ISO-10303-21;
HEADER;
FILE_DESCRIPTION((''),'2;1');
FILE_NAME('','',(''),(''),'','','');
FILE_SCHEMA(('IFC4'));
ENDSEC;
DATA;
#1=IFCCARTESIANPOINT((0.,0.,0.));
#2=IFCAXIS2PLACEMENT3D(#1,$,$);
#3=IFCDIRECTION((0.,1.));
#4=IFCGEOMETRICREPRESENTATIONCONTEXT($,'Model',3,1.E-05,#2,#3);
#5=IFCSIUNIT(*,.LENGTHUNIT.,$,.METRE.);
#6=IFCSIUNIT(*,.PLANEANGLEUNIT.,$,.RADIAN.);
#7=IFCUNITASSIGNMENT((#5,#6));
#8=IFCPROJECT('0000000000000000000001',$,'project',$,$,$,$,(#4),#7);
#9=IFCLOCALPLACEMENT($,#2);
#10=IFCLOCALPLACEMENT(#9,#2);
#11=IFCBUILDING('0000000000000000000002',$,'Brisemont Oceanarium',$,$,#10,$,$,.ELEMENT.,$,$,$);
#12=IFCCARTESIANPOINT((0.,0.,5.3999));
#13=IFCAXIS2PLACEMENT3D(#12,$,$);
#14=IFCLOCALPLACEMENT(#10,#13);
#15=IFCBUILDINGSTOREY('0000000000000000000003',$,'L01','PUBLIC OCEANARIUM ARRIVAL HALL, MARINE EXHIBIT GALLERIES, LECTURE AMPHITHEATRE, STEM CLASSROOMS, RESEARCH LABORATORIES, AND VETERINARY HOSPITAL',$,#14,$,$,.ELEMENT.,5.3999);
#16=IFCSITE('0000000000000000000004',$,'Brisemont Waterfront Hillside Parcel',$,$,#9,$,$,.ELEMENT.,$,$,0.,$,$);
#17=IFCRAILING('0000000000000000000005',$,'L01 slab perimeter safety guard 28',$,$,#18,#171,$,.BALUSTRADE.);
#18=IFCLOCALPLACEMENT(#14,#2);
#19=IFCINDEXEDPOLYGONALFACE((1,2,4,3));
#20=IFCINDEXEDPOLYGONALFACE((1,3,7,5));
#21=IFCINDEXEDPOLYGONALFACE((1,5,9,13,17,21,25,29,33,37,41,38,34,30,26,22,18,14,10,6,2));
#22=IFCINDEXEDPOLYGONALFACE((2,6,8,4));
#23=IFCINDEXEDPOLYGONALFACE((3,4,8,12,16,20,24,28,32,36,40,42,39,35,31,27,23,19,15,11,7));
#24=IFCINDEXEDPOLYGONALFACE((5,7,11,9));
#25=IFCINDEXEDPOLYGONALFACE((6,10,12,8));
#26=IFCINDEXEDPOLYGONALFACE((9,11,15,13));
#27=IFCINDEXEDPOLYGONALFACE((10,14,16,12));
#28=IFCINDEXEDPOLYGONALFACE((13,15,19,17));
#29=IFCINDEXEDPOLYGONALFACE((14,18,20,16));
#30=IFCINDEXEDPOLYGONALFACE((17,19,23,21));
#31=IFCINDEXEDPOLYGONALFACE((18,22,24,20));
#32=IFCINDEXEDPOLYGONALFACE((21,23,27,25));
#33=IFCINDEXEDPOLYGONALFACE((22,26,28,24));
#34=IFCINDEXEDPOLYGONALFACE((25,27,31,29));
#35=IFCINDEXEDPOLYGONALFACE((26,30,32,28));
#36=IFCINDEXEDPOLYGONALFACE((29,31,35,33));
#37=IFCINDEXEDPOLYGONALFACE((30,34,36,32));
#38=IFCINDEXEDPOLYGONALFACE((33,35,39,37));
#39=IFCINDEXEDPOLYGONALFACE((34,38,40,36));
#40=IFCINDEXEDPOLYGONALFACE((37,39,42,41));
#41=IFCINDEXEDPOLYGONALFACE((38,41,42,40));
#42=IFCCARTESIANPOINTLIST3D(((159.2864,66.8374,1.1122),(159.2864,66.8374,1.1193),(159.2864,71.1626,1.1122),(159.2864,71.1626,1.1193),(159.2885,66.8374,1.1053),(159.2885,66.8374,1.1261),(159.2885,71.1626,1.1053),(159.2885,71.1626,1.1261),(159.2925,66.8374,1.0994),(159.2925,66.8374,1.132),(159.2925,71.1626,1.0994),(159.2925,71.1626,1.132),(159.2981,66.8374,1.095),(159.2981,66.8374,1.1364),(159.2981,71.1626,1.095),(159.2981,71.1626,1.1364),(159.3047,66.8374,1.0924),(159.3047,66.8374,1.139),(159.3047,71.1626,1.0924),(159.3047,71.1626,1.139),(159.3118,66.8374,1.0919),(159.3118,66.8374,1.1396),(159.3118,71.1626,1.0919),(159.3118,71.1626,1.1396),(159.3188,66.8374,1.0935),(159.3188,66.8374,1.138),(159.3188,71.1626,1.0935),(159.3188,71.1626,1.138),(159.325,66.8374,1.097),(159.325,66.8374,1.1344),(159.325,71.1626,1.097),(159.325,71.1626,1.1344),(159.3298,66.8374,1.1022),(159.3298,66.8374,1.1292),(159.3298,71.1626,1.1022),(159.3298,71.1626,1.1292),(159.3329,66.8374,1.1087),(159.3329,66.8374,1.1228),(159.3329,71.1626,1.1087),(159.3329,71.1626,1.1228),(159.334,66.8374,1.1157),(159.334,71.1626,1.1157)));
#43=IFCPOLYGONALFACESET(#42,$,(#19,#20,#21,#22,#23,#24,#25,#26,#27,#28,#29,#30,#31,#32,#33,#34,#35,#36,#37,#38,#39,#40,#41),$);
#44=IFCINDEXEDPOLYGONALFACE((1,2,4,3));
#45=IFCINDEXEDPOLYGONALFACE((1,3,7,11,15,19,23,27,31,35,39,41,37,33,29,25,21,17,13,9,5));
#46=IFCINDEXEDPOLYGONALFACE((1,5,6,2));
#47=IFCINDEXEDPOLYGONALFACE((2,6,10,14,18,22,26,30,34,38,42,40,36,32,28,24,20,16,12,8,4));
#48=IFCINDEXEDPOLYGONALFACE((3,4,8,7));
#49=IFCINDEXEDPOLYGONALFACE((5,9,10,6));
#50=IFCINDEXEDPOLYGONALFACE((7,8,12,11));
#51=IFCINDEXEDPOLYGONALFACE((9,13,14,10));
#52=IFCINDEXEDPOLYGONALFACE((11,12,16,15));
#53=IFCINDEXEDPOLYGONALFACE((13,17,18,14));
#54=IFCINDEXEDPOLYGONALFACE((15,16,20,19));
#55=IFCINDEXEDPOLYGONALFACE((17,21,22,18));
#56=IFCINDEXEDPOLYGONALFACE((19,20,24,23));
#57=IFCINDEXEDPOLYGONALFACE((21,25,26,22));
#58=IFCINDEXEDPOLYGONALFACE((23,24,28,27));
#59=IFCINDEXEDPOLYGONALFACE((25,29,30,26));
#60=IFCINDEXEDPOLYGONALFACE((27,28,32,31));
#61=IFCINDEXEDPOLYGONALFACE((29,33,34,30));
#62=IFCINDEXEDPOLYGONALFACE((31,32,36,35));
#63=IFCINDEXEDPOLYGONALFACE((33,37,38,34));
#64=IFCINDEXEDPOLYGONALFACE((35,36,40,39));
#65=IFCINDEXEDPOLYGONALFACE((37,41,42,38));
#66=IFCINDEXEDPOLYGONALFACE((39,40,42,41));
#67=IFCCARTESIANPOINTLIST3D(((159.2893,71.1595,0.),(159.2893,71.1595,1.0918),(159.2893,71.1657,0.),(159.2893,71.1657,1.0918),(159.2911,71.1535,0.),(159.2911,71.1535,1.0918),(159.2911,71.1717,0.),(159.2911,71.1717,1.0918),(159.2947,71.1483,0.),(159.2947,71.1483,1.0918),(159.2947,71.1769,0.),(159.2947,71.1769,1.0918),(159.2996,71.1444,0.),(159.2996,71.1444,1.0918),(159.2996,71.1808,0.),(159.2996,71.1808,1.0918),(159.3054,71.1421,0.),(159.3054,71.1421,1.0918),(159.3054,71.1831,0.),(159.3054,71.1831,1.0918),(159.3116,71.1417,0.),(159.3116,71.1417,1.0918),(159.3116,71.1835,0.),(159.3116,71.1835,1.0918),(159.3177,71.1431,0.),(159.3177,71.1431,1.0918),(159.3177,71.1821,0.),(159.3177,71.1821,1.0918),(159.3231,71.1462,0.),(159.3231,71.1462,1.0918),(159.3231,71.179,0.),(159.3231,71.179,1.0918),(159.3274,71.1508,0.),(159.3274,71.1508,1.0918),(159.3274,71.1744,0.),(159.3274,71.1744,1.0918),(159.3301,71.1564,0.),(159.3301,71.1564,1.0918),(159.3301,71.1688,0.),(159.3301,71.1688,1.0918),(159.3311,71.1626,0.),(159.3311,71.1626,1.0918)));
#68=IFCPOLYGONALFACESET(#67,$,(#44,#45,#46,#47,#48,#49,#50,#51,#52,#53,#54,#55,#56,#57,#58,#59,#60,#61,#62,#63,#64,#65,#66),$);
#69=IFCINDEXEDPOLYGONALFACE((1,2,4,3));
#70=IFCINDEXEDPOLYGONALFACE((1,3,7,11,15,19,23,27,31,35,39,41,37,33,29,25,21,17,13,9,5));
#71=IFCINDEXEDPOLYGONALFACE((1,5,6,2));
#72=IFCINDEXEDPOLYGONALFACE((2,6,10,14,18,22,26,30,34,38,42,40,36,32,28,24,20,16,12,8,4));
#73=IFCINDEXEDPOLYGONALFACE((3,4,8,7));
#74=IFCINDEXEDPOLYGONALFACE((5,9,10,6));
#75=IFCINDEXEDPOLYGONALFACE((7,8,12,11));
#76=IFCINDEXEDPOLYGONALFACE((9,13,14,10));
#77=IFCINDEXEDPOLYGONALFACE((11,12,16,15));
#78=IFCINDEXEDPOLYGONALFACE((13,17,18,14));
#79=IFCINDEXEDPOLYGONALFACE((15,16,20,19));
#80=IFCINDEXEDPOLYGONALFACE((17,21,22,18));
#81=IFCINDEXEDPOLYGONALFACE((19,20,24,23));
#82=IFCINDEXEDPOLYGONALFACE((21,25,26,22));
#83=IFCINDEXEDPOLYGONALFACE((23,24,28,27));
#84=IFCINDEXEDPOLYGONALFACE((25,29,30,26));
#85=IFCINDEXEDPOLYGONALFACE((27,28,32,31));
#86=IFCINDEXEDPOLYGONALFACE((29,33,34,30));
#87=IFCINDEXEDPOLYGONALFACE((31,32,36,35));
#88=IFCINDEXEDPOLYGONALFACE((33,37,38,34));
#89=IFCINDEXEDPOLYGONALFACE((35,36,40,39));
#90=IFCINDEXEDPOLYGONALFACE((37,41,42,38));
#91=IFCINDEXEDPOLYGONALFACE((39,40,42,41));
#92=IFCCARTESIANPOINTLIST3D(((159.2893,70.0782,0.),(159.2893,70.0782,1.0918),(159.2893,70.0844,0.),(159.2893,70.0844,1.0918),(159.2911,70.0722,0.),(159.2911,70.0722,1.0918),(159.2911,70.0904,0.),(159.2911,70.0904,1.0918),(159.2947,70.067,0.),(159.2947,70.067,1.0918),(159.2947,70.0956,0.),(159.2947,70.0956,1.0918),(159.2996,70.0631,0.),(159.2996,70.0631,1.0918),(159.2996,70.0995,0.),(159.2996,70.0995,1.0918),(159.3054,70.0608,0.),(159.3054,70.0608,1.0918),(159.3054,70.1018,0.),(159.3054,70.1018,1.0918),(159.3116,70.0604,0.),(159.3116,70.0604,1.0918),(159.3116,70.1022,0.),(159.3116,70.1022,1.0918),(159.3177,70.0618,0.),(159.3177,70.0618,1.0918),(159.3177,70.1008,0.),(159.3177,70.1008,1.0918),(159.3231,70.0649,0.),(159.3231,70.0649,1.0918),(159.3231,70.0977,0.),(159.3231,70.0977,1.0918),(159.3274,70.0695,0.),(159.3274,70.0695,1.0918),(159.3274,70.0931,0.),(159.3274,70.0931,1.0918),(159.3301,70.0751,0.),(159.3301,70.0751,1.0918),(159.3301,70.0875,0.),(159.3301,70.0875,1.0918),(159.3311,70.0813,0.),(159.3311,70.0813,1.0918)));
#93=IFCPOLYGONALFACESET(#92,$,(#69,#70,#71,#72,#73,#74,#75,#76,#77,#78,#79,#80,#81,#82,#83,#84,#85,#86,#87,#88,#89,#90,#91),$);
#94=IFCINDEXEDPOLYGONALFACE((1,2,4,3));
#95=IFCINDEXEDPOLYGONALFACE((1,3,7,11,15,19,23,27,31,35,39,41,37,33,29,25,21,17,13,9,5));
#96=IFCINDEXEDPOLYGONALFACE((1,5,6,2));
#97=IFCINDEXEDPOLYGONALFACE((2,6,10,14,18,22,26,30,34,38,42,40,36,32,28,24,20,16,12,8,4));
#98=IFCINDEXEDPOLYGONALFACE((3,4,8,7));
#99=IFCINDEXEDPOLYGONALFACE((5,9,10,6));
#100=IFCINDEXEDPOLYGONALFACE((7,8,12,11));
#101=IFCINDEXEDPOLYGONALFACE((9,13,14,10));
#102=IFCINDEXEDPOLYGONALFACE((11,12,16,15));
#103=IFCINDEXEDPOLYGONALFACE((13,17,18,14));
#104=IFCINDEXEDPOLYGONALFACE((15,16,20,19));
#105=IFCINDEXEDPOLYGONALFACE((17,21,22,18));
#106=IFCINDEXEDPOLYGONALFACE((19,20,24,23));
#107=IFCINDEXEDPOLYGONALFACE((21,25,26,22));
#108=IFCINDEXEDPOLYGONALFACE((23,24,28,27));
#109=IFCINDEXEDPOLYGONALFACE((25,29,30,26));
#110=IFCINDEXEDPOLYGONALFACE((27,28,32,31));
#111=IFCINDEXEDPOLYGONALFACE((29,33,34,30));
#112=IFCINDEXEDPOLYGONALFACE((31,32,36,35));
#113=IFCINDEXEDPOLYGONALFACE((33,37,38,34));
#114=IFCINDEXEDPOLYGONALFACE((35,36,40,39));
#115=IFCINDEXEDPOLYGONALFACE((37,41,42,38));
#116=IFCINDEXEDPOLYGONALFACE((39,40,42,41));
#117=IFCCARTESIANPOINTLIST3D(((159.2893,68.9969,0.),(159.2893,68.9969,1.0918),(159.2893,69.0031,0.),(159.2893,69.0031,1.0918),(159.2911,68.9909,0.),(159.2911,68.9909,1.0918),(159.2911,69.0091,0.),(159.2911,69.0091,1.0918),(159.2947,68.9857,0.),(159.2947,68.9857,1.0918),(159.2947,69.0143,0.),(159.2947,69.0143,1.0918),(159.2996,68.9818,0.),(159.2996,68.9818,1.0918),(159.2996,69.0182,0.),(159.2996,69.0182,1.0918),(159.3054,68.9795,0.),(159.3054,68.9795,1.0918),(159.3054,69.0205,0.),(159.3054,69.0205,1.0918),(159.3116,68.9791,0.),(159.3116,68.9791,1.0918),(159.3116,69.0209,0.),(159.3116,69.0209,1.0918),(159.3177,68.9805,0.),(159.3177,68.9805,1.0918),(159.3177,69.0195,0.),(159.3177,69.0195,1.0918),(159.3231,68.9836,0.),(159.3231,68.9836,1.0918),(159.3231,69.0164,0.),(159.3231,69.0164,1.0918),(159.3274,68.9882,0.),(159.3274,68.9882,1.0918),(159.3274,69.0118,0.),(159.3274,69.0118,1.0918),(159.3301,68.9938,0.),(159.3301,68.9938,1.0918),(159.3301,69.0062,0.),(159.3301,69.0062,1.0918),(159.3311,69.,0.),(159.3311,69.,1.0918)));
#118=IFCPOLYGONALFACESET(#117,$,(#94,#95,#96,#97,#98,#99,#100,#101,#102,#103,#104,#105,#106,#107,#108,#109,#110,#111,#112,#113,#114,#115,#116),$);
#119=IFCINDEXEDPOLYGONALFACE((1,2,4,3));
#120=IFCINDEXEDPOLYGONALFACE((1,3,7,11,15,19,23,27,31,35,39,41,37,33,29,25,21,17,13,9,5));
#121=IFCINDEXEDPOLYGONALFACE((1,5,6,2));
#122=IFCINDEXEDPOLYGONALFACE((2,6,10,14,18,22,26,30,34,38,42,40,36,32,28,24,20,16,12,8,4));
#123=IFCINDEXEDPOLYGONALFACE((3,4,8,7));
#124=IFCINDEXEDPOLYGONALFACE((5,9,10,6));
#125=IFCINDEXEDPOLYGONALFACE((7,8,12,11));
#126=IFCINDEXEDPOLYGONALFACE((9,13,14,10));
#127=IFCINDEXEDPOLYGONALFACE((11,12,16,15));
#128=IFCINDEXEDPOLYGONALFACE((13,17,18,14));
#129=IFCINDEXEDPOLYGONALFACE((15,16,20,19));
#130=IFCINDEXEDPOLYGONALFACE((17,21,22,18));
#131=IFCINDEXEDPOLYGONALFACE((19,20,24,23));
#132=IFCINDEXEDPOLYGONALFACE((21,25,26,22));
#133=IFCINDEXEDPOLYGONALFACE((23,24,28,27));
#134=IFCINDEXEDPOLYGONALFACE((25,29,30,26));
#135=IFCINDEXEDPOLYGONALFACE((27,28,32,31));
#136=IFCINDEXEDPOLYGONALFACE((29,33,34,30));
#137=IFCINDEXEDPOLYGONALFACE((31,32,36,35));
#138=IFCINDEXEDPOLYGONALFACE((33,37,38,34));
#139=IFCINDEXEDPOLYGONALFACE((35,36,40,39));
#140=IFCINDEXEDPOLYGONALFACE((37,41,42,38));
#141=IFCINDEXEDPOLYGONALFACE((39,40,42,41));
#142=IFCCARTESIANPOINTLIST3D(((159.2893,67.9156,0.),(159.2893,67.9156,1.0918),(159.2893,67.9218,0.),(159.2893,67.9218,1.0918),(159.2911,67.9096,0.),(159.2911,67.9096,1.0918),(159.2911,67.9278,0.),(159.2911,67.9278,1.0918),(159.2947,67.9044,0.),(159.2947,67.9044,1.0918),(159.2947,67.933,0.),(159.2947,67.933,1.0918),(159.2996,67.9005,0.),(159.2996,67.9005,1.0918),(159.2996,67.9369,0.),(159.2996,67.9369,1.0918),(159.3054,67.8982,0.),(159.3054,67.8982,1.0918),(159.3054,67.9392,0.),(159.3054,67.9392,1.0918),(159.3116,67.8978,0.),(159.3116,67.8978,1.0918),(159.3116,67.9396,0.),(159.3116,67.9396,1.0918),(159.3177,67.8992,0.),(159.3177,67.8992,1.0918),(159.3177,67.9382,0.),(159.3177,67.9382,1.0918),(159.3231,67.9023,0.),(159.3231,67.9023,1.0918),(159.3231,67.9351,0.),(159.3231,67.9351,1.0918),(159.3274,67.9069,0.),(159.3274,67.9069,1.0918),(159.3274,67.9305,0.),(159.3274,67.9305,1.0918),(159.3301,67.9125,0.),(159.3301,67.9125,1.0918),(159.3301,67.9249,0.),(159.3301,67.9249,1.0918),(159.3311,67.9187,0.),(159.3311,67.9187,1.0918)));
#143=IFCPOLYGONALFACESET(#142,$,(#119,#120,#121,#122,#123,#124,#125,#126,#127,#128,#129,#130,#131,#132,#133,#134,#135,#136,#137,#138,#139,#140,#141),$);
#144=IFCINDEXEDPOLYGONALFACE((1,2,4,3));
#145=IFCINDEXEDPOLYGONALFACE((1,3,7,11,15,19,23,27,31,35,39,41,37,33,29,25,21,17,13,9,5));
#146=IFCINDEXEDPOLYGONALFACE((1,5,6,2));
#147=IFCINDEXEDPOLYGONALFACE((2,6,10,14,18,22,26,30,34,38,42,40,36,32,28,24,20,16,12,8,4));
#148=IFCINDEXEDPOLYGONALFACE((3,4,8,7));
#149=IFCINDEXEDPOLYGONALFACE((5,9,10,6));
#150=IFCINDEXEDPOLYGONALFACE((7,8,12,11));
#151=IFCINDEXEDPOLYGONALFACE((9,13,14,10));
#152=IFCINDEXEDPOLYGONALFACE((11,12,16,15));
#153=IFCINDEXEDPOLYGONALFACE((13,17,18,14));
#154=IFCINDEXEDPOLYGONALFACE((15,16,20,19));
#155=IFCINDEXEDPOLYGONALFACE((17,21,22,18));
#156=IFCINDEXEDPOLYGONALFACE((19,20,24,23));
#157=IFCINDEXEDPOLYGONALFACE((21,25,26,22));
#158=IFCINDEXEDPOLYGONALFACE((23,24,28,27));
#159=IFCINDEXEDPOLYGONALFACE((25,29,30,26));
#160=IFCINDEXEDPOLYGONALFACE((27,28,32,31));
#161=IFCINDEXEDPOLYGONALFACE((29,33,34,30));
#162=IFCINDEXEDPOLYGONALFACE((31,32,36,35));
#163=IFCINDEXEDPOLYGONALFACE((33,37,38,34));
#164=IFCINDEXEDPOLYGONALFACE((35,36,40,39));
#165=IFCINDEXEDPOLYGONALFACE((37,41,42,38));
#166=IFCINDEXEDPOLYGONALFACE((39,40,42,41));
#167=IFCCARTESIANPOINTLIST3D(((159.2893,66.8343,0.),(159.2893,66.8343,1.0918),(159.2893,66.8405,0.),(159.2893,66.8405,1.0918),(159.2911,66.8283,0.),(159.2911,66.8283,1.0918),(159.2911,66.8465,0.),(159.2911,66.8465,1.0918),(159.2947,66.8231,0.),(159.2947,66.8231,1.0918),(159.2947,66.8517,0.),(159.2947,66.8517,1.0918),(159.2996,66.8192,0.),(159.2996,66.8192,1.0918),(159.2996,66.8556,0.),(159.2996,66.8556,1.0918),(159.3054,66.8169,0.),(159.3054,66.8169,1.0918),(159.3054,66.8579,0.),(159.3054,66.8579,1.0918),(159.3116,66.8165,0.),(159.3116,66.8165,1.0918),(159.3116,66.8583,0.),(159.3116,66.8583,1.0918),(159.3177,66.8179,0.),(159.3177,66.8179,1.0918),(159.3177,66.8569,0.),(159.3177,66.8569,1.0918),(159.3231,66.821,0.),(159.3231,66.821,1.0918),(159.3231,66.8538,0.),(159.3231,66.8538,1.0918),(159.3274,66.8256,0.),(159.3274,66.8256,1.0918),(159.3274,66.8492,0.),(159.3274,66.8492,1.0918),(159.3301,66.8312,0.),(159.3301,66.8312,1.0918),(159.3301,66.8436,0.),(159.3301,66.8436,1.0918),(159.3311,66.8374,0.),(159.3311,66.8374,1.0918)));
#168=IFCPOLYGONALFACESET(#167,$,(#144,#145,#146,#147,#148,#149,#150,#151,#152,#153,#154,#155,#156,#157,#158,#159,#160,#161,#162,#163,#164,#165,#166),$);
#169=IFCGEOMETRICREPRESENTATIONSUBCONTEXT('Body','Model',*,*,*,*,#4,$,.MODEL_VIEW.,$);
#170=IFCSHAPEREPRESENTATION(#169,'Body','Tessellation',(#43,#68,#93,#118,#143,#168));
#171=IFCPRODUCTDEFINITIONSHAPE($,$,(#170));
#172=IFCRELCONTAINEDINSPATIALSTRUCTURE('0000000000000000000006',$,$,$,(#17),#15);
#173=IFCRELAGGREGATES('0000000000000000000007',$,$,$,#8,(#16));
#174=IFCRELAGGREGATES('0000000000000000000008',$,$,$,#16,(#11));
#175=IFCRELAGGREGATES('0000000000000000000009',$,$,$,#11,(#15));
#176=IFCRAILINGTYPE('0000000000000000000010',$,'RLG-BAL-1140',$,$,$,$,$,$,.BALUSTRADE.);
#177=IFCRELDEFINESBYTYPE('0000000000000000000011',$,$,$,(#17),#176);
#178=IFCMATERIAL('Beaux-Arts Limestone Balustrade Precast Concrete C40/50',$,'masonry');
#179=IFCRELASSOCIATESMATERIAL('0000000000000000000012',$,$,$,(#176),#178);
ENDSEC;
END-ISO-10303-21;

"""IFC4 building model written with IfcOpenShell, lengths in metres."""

from ifc_helpers import new_model, si_unit, direction, frame, origin, origin_2d, place, context, subcontext, project, spatial, circle, extrude, material, type_object, element, save


model = new_model("IFC4")

# Units and contexts
model_context = context("Model", 3, precision=1e-05, world=origin(), true_north=direction((0.0, 1.0)))
body_context = subcontext(model_context, "Body", "Model", "MODEL_VIEW")
ifc_project = project(units=[si_unit("LENGTHUNIT", "METRE"), si_unit("PLANEANGLEUNIT", "RADIAN")], contexts=[model_context])

# Site, building, storey
site_placement = place(None, origin())
site = spatial("IfcSite", under=ifc_project, at=site_placement, Name="Brisemont Waterfront Hillside Parcel", CompositionType="ELEMENT", RefElevation=0.0)
building_placement = place(site_placement, origin())
building = spatial("IfcBuilding", under=site, at=building_placement, Name="Brisemont Oceanarium", CompositionType="ELEMENT")
storey_placement = place(building_placement, frame((0.0, 0.0, 5.3999)))
storey = spatial("IfcBuildingStorey", under=building, at=storey_placement, Name="L01", Description="PUBLIC OCEANARIUM ARRIVAL HALL, MARINE EXHIBIT GALLERIES, LECTURE AMPHITHEATRE, STEM CLASSROOMS, RESEARCH LABORATORIES, AND VETERINARY HOSPITAL", CompositionType="ELEMENT", Elevation=5.3999)

# Railing
ifc_material_1 = material(Name="Beaux-Arts Limestone Balustrade Precast Concrete C40/50", Category="masonry")
railing_type_1 = type_object("IfcRailingType", Name="RLG-BAL-1140", PredefinedType="BALUSTRADE", material=ifc_material_1)
railing_1_placement = place(storey_placement, frame((159.3101, 71.1626, 0.0)))
element("IfcRailing", 1, at=railing_1_placement, inside=storey, type_object=railing_type_1, Name="L01 slab perimeter safety guard 28", PredefinedType="BALUSTRADE", context=body_context, shape_type="SweptSolid", body=[
    extrude(circle(Radius=0.0239, at=origin_2d()), frame((0.0, 0.0, 1.1157), z_axis=(0.0, -1.0, 0.0), x_axis=(1.0, 0.0, 0.0)), (0.0, 0.0, 1.0), 4.3252),
    extrude(circle(Radius=0.021, at=origin_2d()), origin(), (0.0, 0.0, 1.0), 1.0918),
    extrude(circle(Radius=0.021, at=origin_2d()), frame((0.0, -1.0813, 0.0)), (0.0, 0.0, 1.0), 1.0918),
    extrude(circle(Radius=0.021, at=origin_2d()), frame((0.0, -2.1626, 0.0)), (0.0, 0.0, 1.0), 1.0918),
    extrude(circle(Radius=0.021, at=origin_2d()), frame((0.0, -3.2439, 0.0)), (0.0, 0.0, 1.0), 1.0918),
    extrude(circle(Radius=0.021, at=origin_2d()), frame((0.0, -4.3252, 0.0)), (0.0, 0.0, 1.0), 1.0918),
])

save(model, "model.ifc")
